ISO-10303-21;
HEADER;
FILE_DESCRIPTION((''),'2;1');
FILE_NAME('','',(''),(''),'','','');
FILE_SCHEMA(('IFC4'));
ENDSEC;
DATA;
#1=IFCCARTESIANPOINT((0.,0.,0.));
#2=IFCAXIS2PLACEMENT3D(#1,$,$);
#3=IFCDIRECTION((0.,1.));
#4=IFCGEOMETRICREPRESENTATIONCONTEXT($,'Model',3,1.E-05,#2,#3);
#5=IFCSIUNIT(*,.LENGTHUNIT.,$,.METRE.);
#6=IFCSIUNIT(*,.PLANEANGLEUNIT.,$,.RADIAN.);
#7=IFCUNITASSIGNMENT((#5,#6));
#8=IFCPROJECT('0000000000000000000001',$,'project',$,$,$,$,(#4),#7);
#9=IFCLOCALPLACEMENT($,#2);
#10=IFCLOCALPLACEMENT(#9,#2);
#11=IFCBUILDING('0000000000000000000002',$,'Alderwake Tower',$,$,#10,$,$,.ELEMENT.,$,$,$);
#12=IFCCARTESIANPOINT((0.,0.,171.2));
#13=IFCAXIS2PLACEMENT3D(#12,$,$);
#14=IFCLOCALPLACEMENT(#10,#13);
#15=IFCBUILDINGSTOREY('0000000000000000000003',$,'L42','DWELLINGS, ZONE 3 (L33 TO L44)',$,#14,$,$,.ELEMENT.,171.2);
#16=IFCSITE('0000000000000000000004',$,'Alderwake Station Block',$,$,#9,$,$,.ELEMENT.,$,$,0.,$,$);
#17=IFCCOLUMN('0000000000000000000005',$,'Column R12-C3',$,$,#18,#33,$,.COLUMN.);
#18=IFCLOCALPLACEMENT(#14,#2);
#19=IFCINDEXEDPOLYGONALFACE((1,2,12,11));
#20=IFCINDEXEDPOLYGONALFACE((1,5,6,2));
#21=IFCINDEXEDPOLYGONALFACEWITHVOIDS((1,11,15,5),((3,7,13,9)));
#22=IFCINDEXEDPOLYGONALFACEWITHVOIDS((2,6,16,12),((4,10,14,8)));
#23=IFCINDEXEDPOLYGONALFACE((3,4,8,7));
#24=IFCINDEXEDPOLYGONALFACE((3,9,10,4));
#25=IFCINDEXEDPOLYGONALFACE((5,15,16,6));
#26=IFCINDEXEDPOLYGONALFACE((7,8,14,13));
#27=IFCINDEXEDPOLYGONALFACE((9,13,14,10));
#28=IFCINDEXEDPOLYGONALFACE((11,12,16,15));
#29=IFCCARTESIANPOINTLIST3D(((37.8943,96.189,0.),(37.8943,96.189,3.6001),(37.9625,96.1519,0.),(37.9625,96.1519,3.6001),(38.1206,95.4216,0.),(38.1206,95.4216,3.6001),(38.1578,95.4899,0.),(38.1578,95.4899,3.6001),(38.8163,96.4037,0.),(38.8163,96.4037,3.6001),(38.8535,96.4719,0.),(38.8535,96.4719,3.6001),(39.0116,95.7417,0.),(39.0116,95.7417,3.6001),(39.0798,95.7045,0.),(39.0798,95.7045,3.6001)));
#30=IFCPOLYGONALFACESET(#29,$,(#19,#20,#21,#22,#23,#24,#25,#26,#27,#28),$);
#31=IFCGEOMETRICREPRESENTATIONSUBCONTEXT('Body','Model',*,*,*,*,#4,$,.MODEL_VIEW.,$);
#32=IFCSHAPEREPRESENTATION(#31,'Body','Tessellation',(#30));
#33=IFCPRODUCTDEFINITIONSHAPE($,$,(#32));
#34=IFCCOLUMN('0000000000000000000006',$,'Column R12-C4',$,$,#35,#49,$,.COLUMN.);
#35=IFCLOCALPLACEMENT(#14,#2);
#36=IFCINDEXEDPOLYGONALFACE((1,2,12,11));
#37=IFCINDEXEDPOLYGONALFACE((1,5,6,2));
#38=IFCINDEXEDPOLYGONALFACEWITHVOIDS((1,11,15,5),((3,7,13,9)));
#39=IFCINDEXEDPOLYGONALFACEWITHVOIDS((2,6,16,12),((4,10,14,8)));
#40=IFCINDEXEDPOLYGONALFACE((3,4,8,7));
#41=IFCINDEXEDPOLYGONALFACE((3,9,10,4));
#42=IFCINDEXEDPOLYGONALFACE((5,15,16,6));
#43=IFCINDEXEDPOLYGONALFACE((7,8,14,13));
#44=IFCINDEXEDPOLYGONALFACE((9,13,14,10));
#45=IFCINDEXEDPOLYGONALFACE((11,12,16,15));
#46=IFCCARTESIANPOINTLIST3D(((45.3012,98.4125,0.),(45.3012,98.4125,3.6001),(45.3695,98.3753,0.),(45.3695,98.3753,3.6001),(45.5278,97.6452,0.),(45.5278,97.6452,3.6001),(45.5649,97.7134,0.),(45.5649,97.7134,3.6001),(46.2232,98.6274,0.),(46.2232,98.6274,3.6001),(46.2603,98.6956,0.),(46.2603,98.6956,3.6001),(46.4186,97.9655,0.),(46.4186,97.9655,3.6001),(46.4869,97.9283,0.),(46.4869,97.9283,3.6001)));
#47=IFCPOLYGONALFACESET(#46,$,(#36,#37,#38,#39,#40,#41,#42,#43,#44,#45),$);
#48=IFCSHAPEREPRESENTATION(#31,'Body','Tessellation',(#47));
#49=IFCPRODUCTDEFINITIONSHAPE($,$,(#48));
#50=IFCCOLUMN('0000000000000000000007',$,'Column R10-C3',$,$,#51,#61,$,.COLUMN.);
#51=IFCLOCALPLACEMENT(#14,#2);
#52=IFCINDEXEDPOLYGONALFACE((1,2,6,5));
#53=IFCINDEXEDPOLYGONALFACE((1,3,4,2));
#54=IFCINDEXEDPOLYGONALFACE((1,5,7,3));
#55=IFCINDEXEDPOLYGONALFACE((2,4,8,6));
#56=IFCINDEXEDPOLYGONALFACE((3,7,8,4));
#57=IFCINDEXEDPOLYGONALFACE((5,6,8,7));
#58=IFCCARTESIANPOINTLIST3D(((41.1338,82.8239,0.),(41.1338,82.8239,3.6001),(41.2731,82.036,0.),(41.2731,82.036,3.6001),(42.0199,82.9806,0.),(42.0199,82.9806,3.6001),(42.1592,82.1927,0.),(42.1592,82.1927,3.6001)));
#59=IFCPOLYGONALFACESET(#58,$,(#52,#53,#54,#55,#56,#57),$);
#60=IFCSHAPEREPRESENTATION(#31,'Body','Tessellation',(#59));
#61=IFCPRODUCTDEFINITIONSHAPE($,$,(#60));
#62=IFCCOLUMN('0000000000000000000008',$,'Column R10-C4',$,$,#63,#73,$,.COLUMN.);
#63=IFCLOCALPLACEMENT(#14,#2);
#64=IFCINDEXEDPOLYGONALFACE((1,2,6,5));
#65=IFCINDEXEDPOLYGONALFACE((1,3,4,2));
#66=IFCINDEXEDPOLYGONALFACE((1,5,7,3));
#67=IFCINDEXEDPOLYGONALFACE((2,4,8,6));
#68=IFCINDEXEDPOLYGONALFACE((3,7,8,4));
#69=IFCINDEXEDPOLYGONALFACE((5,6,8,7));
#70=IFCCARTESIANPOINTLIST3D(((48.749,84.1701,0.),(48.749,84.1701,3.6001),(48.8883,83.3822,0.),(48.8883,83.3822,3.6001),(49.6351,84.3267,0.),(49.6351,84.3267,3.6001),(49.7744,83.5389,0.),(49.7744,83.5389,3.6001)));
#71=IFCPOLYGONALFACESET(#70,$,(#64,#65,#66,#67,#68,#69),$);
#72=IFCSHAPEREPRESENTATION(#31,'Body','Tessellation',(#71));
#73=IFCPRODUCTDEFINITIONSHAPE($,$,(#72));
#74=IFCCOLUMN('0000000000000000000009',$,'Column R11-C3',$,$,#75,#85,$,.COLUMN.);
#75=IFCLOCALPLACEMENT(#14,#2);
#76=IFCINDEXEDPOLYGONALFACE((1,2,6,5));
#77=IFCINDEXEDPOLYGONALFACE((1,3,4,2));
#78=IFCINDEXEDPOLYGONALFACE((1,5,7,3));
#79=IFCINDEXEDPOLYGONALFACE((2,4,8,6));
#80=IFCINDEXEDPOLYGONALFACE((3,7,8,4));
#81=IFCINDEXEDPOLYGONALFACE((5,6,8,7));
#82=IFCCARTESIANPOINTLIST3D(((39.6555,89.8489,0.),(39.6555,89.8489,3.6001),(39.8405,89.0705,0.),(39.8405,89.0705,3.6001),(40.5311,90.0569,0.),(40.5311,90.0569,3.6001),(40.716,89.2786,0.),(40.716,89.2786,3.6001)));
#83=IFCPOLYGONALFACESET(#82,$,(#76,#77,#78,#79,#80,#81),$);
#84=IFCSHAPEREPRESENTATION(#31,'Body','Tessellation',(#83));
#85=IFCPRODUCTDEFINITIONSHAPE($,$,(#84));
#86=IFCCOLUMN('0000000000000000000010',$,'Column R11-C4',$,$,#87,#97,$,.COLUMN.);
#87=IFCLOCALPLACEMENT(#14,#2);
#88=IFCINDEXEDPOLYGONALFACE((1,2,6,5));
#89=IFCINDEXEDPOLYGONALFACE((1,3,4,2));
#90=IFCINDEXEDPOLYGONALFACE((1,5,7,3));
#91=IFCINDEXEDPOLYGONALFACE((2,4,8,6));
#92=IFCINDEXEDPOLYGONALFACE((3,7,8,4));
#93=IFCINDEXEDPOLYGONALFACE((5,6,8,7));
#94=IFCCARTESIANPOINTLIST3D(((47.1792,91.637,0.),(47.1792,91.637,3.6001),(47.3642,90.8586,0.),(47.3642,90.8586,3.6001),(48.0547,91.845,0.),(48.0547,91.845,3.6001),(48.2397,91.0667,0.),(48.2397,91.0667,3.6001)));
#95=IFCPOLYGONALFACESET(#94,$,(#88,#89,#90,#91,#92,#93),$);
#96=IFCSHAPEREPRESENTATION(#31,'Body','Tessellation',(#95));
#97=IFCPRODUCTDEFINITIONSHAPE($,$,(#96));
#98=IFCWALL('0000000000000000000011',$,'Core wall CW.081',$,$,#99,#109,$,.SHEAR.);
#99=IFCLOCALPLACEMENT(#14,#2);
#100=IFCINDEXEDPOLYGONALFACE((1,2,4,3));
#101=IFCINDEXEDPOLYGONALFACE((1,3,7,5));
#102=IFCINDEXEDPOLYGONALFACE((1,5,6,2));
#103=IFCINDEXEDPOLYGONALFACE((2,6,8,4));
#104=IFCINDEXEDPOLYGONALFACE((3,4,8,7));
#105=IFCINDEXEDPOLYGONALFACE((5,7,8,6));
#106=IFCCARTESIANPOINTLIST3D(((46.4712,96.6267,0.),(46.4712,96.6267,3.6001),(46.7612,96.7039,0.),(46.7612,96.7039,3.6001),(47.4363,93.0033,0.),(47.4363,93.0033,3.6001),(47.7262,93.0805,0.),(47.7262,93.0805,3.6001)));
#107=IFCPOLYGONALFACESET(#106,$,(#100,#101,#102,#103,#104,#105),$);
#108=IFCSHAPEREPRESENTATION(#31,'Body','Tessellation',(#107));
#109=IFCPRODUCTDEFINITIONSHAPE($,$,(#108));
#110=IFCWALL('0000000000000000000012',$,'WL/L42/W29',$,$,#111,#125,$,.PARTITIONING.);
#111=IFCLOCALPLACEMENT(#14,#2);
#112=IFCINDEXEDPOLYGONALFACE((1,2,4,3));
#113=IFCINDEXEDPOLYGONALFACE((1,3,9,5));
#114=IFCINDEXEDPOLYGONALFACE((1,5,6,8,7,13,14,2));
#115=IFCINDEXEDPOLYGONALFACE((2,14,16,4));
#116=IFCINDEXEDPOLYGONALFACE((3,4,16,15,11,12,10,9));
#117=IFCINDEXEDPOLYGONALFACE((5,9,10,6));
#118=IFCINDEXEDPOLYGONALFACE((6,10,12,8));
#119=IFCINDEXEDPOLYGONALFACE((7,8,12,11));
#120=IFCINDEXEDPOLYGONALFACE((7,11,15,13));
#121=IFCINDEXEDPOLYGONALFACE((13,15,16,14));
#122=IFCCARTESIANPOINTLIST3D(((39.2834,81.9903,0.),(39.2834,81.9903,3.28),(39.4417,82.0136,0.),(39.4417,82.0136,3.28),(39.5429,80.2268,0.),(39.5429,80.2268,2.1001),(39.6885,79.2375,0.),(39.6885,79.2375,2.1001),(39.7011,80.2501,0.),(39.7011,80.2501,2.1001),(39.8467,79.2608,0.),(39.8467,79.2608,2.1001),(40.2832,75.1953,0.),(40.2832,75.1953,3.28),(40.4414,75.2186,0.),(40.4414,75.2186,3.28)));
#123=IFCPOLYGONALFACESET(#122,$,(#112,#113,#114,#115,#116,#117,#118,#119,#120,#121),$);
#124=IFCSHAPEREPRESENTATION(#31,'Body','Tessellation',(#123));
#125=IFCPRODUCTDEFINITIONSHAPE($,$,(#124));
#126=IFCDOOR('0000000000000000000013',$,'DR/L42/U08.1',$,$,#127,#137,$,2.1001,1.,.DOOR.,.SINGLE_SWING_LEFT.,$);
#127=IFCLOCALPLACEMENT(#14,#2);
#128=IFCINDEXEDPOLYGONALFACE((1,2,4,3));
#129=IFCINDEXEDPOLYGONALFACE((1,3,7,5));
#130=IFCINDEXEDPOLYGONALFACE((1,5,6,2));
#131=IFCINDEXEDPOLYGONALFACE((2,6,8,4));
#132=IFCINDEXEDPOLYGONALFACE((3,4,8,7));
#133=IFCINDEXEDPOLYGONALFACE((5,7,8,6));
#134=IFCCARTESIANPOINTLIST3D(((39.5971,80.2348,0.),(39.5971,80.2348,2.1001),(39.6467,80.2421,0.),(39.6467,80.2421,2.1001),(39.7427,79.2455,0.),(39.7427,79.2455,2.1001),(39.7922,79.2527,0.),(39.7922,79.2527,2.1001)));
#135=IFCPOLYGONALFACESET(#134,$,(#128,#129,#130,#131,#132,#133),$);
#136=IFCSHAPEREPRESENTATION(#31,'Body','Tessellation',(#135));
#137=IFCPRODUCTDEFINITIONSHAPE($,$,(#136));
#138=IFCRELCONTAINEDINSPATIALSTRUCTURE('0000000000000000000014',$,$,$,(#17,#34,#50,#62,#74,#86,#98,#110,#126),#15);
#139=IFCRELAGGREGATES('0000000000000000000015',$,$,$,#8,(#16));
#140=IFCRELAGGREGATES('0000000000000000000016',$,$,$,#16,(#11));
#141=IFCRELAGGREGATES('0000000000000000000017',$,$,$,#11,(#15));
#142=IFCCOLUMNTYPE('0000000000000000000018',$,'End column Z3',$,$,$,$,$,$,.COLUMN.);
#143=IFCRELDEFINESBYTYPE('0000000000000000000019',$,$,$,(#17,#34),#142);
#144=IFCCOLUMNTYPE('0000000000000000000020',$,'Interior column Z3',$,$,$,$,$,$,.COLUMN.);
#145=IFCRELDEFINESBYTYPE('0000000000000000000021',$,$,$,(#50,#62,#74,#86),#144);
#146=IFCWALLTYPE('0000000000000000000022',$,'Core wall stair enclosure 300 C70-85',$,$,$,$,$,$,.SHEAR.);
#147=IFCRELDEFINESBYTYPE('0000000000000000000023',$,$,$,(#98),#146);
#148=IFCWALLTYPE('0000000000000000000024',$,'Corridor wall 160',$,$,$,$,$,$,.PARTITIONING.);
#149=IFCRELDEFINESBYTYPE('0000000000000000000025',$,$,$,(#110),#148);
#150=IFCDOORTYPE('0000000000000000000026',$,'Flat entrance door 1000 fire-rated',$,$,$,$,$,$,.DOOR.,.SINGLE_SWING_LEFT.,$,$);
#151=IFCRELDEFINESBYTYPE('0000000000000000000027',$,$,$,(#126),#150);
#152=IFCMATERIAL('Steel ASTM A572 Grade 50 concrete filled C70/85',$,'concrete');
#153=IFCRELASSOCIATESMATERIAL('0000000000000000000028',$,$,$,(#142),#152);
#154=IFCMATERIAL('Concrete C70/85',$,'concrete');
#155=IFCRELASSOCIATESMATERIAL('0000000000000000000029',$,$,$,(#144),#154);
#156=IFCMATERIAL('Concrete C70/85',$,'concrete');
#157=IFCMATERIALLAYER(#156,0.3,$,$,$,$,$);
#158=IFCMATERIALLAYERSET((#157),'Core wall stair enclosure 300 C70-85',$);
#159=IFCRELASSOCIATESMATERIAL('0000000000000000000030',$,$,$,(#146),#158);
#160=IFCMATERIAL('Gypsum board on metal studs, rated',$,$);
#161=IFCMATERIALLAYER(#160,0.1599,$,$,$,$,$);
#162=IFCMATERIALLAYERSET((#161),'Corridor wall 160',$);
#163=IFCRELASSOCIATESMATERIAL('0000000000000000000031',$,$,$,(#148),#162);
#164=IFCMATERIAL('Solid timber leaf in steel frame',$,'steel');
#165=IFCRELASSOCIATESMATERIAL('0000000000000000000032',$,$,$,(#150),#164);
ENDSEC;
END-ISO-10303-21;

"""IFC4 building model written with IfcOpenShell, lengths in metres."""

from ifc_helpers import new_model, si_unit, direction, frame, frame_2d, origin, origin_2d, place, context, subcontext, project, spatial, rectangle, hollow_rectangle, extrude, material, layer, layer_set, material_profile, profile_set, type_object, element, fill, save


model = new_model("IFC4")

# Units and contexts
model_context = context("Model", 3, precision=1e-05, world=origin(), true_north=direction((0.0, 1.0)))
body_context = subcontext(model_context, "Body", "Model", "MODEL_VIEW")
ifc_project = project(units=[si_unit("LENGTHUNIT", "METRE"), si_unit("PLANEANGLEUNIT", "RADIAN")], contexts=[model_context])

# Site, building, storey
site_placement = place(None, origin())
site = spatial("IfcSite", under=ifc_project, at=site_placement, Name="Alderwake Station Block", CompositionType="ELEMENT", RefElevation=0.0)
building_placement = place(site_placement, origin())
building = spatial("IfcBuilding", under=site, at=building_placement, Name="Alderwake Tower", CompositionType="ELEMENT")
storey_placement = place(building_placement, frame((0.0, 0.0, 171.2)))
storey = spatial("IfcBuildingStorey", under=building, at=storey_placement, Name="L42", Description="DWELLINGS, ZONE 3 (L33 TO L44)", CompositionType="ELEMENT", Elevation=171.2)

# Columns
ifc_material_1 = material(Name="Steel ASTM A572 Grade 50 concrete filled C70/85", Category="concrete")
ifc_material_profile_1 = material_profile(ifc_material_1, hollow_rectangle(XDim=0.8, YDim=1.0, WallThickness=0.0549, at=origin_2d()), Name="BOX 1000X800X55")
ifc_profile_set_1 = profile_set([ifc_material_profile_1], Name="Steel ASTM A572 Grade 50 concrete filled C70/85")
column_type_1 = type_object("IfcColumnType", Name="End column Z3", PredefinedType="COLUMN", material=ifc_profile_set_1)
for number, where, z_axis, x_axis, name in (
    (1, (38.4871, 95.9468, 0.0), (0.0, 0.0, 1.0), (-0.282894, 0.959151, 0.0), "Column R12-C3"),
    (2, (45.894, 98.1704, 0.0), (0.0, 0.0, 1.0), (-0.283168, 0.95907, 0.0), "Column R12-C4"),
):
    element("IfcColumn", number, at=place(storey_placement, frame(where, z_axis=z_axis, x_axis=x_axis)), inside=storey, type_object=column_type_1, Name=name, PredefinedType="COLUMN", context=body_context, shape_type="SweptSolid", body=[
        extrude(hollow_rectangle(XDim=0.8, YDim=1.0, WallThickness=0.0549, at=origin_2d()), origin(), (0.0, 0.0, 1.0), 3.6001),
    ])
ifc_material_2 = material(Name="Concrete C70/85", Category="concrete")
ifc_material_profile_2 = material_profile(ifc_material_2, rectangle(XDim=0.8, YDim=0.8999, at=origin_2d()), Name="RC 900X800")
ifc_profile_set_2 = profile_set([ifc_material_profile_2], Name="Concrete C70/85")
column_type_2 = type_object("IfcColumnType", Name="Interior column Z3", PredefinedType="COLUMN", material=ifc_profile_set_2)
for number, where, z_axis, x_axis, name in (
    (3, (41.6465, 82.5083, 0.0), (0.0, 0.0, 1.0), (-0.174109, 0.984726, 0.0), "Column R10-C3"),
    (4, (49.2617, 83.8545, 0.0), (0.0, 0.0, 1.0), (-0.174109, 0.984726, 0.0), "Column R10-C4"),
    (5, (40.1858, 89.5637, 0.0), (0.0, 0.0, 1.0), (-0.231222, 0.972901, 0.0), "Column R11-C3"),
    (6, (47.7095, 91.3518, 0.0), (0.0, 0.0, 1.0), (-0.231222, 0.972901, 0.0), "Column R11-C4"),
):
    element("IfcColumn", number, at=place(storey_placement, frame(where, z_axis=z_axis, x_axis=x_axis)), inside=storey, type_object=column_type_2, Name=name, PredefinedType="COLUMN", context=body_context, shape_type="SweptSolid", body=[
        extrude(rectangle(XDim=0.8, YDim=0.8999, at=origin_2d()), origin(), (0.0, 0.0, 1.0), 3.6001),
    ])

# Wall
ifc_material_3 = material(Name="Concrete C70/85", Category="concrete")
ifc_layer_1 = layer(ifc_material_3, 0.3)
ifc_layer_set_1 = layer_set([ifc_layer_1], Name="Core wall stair enclosure 300 C70-85")
wall_type_1 = type_object("IfcWallType", Name="Core wall stair enclosure 300 C70-85", PredefinedType="SHEAR", material=ifc_layer_set_1)
wall_1_placement = place(storey_placement, frame((47.5813, 93.0417, 0.0), z_axis=(0.0, 0.0, 1.0), x_axis=(-0.257367, 0.966314, 0.0)))
element("IfcWall", 7, at=wall_1_placement, inside=storey, type_object=wall_type_1, Name="Core wall CW.081", PredefinedType="SHEAR", context=body_context, shape_type="SweptSolid", body=[
    extrude(rectangle(XDim=3.7498, YDim=0.3, at=frame_2d((1.875, 0.0))), origin(), (0.0, 0.0, 1.0), 3.6001),
])

# Wall, opening, door
ifc_material_4 = material(Name="Gypsum board on metal studs, rated")
ifc_layer_2 = layer(ifc_material_4, 0.1599)
ifc_layer_set_2 = layer_set([ifc_layer_2], Name="Corridor wall 160")
wall_type_2 = type_object("IfcWallType", Name="Corridor wall 160", PredefinedType="PARTITIONING", material=ifc_layer_set_2)
wall_2_placement = place(storey_placement, frame((39.3625, 82.002, 0.0), z_axis=(0.0, 0.0, 1.0), x_axis=(0.145566, -0.989349, 0.0)))
wall_2 = element("IfcWall", 8, at=wall_2_placement, inside=storey, type_object=wall_type_2, Name="WL/L42/W29", PredefinedType="PARTITIONING", context=body_context, shape_type="SweptSolid", body=[
    extrude(rectangle(XDim=6.8682, YDim=0.1599, at=frame_2d((3.4341, 0.0))), origin(), (0.0, 0.0, 1.0), 3.28),
])
opening_1_placement = place(wall_2_placement, frame((1.7825, 0.0, 0.0)))
opening_1 = element("IfcOpeningElement", 9, at=opening_1_placement, cuts=wall_2, PredefinedType="OPENING", context=body_context, shape_type="SweptSolid", body=[
    extrude(rectangle(XDim=1.0, YDim=2.1001, at=frame_2d((0.5, 1.05))), frame((0.0, 0.0898, 0.0), z_axis=(0.0, -1.0, 0.0), x_axis=(1.0, 0.0, 0.0)), (0.0, 0.0, 1.0), 0.1799),
])
ifc_material_5 = material(Name="Solid timber leaf in steel frame", Category="steel")
door_type_1 = type_object("IfcDoorType", Name="Flat entrance door 1000 fire-rated", OperationType="SINGLE_SWING_LEFT", PredefinedType="DOOR", material=ifc_material_5)
door_1_placement = place(opening_1_placement, origin())
door_1 = element("IfcDoor", 10, at=door_1_placement, inside=storey, type_object=door_type_1, Name="DR/L42/U08.1", OperationType="SINGLE_SWING_LEFT", OverallHeight=2.1001, OverallWidth=1.0, PredefinedType="DOOR", context=body_context, shape_type="SweptSolid", body=[
    extrude(rectangle(XDim=1.0, YDim=2.1001, at=frame_2d((0.5, 1.05))), frame((0.0, 0.0249, 0.0), z_axis=(0.0, -1.0, 0.0), x_axis=(1.0, 0.0, 0.0)), (0.0, 0.0, 1.0), 0.05),
])
fill(opening_1, door_1)

save(model, "model.ifc")
